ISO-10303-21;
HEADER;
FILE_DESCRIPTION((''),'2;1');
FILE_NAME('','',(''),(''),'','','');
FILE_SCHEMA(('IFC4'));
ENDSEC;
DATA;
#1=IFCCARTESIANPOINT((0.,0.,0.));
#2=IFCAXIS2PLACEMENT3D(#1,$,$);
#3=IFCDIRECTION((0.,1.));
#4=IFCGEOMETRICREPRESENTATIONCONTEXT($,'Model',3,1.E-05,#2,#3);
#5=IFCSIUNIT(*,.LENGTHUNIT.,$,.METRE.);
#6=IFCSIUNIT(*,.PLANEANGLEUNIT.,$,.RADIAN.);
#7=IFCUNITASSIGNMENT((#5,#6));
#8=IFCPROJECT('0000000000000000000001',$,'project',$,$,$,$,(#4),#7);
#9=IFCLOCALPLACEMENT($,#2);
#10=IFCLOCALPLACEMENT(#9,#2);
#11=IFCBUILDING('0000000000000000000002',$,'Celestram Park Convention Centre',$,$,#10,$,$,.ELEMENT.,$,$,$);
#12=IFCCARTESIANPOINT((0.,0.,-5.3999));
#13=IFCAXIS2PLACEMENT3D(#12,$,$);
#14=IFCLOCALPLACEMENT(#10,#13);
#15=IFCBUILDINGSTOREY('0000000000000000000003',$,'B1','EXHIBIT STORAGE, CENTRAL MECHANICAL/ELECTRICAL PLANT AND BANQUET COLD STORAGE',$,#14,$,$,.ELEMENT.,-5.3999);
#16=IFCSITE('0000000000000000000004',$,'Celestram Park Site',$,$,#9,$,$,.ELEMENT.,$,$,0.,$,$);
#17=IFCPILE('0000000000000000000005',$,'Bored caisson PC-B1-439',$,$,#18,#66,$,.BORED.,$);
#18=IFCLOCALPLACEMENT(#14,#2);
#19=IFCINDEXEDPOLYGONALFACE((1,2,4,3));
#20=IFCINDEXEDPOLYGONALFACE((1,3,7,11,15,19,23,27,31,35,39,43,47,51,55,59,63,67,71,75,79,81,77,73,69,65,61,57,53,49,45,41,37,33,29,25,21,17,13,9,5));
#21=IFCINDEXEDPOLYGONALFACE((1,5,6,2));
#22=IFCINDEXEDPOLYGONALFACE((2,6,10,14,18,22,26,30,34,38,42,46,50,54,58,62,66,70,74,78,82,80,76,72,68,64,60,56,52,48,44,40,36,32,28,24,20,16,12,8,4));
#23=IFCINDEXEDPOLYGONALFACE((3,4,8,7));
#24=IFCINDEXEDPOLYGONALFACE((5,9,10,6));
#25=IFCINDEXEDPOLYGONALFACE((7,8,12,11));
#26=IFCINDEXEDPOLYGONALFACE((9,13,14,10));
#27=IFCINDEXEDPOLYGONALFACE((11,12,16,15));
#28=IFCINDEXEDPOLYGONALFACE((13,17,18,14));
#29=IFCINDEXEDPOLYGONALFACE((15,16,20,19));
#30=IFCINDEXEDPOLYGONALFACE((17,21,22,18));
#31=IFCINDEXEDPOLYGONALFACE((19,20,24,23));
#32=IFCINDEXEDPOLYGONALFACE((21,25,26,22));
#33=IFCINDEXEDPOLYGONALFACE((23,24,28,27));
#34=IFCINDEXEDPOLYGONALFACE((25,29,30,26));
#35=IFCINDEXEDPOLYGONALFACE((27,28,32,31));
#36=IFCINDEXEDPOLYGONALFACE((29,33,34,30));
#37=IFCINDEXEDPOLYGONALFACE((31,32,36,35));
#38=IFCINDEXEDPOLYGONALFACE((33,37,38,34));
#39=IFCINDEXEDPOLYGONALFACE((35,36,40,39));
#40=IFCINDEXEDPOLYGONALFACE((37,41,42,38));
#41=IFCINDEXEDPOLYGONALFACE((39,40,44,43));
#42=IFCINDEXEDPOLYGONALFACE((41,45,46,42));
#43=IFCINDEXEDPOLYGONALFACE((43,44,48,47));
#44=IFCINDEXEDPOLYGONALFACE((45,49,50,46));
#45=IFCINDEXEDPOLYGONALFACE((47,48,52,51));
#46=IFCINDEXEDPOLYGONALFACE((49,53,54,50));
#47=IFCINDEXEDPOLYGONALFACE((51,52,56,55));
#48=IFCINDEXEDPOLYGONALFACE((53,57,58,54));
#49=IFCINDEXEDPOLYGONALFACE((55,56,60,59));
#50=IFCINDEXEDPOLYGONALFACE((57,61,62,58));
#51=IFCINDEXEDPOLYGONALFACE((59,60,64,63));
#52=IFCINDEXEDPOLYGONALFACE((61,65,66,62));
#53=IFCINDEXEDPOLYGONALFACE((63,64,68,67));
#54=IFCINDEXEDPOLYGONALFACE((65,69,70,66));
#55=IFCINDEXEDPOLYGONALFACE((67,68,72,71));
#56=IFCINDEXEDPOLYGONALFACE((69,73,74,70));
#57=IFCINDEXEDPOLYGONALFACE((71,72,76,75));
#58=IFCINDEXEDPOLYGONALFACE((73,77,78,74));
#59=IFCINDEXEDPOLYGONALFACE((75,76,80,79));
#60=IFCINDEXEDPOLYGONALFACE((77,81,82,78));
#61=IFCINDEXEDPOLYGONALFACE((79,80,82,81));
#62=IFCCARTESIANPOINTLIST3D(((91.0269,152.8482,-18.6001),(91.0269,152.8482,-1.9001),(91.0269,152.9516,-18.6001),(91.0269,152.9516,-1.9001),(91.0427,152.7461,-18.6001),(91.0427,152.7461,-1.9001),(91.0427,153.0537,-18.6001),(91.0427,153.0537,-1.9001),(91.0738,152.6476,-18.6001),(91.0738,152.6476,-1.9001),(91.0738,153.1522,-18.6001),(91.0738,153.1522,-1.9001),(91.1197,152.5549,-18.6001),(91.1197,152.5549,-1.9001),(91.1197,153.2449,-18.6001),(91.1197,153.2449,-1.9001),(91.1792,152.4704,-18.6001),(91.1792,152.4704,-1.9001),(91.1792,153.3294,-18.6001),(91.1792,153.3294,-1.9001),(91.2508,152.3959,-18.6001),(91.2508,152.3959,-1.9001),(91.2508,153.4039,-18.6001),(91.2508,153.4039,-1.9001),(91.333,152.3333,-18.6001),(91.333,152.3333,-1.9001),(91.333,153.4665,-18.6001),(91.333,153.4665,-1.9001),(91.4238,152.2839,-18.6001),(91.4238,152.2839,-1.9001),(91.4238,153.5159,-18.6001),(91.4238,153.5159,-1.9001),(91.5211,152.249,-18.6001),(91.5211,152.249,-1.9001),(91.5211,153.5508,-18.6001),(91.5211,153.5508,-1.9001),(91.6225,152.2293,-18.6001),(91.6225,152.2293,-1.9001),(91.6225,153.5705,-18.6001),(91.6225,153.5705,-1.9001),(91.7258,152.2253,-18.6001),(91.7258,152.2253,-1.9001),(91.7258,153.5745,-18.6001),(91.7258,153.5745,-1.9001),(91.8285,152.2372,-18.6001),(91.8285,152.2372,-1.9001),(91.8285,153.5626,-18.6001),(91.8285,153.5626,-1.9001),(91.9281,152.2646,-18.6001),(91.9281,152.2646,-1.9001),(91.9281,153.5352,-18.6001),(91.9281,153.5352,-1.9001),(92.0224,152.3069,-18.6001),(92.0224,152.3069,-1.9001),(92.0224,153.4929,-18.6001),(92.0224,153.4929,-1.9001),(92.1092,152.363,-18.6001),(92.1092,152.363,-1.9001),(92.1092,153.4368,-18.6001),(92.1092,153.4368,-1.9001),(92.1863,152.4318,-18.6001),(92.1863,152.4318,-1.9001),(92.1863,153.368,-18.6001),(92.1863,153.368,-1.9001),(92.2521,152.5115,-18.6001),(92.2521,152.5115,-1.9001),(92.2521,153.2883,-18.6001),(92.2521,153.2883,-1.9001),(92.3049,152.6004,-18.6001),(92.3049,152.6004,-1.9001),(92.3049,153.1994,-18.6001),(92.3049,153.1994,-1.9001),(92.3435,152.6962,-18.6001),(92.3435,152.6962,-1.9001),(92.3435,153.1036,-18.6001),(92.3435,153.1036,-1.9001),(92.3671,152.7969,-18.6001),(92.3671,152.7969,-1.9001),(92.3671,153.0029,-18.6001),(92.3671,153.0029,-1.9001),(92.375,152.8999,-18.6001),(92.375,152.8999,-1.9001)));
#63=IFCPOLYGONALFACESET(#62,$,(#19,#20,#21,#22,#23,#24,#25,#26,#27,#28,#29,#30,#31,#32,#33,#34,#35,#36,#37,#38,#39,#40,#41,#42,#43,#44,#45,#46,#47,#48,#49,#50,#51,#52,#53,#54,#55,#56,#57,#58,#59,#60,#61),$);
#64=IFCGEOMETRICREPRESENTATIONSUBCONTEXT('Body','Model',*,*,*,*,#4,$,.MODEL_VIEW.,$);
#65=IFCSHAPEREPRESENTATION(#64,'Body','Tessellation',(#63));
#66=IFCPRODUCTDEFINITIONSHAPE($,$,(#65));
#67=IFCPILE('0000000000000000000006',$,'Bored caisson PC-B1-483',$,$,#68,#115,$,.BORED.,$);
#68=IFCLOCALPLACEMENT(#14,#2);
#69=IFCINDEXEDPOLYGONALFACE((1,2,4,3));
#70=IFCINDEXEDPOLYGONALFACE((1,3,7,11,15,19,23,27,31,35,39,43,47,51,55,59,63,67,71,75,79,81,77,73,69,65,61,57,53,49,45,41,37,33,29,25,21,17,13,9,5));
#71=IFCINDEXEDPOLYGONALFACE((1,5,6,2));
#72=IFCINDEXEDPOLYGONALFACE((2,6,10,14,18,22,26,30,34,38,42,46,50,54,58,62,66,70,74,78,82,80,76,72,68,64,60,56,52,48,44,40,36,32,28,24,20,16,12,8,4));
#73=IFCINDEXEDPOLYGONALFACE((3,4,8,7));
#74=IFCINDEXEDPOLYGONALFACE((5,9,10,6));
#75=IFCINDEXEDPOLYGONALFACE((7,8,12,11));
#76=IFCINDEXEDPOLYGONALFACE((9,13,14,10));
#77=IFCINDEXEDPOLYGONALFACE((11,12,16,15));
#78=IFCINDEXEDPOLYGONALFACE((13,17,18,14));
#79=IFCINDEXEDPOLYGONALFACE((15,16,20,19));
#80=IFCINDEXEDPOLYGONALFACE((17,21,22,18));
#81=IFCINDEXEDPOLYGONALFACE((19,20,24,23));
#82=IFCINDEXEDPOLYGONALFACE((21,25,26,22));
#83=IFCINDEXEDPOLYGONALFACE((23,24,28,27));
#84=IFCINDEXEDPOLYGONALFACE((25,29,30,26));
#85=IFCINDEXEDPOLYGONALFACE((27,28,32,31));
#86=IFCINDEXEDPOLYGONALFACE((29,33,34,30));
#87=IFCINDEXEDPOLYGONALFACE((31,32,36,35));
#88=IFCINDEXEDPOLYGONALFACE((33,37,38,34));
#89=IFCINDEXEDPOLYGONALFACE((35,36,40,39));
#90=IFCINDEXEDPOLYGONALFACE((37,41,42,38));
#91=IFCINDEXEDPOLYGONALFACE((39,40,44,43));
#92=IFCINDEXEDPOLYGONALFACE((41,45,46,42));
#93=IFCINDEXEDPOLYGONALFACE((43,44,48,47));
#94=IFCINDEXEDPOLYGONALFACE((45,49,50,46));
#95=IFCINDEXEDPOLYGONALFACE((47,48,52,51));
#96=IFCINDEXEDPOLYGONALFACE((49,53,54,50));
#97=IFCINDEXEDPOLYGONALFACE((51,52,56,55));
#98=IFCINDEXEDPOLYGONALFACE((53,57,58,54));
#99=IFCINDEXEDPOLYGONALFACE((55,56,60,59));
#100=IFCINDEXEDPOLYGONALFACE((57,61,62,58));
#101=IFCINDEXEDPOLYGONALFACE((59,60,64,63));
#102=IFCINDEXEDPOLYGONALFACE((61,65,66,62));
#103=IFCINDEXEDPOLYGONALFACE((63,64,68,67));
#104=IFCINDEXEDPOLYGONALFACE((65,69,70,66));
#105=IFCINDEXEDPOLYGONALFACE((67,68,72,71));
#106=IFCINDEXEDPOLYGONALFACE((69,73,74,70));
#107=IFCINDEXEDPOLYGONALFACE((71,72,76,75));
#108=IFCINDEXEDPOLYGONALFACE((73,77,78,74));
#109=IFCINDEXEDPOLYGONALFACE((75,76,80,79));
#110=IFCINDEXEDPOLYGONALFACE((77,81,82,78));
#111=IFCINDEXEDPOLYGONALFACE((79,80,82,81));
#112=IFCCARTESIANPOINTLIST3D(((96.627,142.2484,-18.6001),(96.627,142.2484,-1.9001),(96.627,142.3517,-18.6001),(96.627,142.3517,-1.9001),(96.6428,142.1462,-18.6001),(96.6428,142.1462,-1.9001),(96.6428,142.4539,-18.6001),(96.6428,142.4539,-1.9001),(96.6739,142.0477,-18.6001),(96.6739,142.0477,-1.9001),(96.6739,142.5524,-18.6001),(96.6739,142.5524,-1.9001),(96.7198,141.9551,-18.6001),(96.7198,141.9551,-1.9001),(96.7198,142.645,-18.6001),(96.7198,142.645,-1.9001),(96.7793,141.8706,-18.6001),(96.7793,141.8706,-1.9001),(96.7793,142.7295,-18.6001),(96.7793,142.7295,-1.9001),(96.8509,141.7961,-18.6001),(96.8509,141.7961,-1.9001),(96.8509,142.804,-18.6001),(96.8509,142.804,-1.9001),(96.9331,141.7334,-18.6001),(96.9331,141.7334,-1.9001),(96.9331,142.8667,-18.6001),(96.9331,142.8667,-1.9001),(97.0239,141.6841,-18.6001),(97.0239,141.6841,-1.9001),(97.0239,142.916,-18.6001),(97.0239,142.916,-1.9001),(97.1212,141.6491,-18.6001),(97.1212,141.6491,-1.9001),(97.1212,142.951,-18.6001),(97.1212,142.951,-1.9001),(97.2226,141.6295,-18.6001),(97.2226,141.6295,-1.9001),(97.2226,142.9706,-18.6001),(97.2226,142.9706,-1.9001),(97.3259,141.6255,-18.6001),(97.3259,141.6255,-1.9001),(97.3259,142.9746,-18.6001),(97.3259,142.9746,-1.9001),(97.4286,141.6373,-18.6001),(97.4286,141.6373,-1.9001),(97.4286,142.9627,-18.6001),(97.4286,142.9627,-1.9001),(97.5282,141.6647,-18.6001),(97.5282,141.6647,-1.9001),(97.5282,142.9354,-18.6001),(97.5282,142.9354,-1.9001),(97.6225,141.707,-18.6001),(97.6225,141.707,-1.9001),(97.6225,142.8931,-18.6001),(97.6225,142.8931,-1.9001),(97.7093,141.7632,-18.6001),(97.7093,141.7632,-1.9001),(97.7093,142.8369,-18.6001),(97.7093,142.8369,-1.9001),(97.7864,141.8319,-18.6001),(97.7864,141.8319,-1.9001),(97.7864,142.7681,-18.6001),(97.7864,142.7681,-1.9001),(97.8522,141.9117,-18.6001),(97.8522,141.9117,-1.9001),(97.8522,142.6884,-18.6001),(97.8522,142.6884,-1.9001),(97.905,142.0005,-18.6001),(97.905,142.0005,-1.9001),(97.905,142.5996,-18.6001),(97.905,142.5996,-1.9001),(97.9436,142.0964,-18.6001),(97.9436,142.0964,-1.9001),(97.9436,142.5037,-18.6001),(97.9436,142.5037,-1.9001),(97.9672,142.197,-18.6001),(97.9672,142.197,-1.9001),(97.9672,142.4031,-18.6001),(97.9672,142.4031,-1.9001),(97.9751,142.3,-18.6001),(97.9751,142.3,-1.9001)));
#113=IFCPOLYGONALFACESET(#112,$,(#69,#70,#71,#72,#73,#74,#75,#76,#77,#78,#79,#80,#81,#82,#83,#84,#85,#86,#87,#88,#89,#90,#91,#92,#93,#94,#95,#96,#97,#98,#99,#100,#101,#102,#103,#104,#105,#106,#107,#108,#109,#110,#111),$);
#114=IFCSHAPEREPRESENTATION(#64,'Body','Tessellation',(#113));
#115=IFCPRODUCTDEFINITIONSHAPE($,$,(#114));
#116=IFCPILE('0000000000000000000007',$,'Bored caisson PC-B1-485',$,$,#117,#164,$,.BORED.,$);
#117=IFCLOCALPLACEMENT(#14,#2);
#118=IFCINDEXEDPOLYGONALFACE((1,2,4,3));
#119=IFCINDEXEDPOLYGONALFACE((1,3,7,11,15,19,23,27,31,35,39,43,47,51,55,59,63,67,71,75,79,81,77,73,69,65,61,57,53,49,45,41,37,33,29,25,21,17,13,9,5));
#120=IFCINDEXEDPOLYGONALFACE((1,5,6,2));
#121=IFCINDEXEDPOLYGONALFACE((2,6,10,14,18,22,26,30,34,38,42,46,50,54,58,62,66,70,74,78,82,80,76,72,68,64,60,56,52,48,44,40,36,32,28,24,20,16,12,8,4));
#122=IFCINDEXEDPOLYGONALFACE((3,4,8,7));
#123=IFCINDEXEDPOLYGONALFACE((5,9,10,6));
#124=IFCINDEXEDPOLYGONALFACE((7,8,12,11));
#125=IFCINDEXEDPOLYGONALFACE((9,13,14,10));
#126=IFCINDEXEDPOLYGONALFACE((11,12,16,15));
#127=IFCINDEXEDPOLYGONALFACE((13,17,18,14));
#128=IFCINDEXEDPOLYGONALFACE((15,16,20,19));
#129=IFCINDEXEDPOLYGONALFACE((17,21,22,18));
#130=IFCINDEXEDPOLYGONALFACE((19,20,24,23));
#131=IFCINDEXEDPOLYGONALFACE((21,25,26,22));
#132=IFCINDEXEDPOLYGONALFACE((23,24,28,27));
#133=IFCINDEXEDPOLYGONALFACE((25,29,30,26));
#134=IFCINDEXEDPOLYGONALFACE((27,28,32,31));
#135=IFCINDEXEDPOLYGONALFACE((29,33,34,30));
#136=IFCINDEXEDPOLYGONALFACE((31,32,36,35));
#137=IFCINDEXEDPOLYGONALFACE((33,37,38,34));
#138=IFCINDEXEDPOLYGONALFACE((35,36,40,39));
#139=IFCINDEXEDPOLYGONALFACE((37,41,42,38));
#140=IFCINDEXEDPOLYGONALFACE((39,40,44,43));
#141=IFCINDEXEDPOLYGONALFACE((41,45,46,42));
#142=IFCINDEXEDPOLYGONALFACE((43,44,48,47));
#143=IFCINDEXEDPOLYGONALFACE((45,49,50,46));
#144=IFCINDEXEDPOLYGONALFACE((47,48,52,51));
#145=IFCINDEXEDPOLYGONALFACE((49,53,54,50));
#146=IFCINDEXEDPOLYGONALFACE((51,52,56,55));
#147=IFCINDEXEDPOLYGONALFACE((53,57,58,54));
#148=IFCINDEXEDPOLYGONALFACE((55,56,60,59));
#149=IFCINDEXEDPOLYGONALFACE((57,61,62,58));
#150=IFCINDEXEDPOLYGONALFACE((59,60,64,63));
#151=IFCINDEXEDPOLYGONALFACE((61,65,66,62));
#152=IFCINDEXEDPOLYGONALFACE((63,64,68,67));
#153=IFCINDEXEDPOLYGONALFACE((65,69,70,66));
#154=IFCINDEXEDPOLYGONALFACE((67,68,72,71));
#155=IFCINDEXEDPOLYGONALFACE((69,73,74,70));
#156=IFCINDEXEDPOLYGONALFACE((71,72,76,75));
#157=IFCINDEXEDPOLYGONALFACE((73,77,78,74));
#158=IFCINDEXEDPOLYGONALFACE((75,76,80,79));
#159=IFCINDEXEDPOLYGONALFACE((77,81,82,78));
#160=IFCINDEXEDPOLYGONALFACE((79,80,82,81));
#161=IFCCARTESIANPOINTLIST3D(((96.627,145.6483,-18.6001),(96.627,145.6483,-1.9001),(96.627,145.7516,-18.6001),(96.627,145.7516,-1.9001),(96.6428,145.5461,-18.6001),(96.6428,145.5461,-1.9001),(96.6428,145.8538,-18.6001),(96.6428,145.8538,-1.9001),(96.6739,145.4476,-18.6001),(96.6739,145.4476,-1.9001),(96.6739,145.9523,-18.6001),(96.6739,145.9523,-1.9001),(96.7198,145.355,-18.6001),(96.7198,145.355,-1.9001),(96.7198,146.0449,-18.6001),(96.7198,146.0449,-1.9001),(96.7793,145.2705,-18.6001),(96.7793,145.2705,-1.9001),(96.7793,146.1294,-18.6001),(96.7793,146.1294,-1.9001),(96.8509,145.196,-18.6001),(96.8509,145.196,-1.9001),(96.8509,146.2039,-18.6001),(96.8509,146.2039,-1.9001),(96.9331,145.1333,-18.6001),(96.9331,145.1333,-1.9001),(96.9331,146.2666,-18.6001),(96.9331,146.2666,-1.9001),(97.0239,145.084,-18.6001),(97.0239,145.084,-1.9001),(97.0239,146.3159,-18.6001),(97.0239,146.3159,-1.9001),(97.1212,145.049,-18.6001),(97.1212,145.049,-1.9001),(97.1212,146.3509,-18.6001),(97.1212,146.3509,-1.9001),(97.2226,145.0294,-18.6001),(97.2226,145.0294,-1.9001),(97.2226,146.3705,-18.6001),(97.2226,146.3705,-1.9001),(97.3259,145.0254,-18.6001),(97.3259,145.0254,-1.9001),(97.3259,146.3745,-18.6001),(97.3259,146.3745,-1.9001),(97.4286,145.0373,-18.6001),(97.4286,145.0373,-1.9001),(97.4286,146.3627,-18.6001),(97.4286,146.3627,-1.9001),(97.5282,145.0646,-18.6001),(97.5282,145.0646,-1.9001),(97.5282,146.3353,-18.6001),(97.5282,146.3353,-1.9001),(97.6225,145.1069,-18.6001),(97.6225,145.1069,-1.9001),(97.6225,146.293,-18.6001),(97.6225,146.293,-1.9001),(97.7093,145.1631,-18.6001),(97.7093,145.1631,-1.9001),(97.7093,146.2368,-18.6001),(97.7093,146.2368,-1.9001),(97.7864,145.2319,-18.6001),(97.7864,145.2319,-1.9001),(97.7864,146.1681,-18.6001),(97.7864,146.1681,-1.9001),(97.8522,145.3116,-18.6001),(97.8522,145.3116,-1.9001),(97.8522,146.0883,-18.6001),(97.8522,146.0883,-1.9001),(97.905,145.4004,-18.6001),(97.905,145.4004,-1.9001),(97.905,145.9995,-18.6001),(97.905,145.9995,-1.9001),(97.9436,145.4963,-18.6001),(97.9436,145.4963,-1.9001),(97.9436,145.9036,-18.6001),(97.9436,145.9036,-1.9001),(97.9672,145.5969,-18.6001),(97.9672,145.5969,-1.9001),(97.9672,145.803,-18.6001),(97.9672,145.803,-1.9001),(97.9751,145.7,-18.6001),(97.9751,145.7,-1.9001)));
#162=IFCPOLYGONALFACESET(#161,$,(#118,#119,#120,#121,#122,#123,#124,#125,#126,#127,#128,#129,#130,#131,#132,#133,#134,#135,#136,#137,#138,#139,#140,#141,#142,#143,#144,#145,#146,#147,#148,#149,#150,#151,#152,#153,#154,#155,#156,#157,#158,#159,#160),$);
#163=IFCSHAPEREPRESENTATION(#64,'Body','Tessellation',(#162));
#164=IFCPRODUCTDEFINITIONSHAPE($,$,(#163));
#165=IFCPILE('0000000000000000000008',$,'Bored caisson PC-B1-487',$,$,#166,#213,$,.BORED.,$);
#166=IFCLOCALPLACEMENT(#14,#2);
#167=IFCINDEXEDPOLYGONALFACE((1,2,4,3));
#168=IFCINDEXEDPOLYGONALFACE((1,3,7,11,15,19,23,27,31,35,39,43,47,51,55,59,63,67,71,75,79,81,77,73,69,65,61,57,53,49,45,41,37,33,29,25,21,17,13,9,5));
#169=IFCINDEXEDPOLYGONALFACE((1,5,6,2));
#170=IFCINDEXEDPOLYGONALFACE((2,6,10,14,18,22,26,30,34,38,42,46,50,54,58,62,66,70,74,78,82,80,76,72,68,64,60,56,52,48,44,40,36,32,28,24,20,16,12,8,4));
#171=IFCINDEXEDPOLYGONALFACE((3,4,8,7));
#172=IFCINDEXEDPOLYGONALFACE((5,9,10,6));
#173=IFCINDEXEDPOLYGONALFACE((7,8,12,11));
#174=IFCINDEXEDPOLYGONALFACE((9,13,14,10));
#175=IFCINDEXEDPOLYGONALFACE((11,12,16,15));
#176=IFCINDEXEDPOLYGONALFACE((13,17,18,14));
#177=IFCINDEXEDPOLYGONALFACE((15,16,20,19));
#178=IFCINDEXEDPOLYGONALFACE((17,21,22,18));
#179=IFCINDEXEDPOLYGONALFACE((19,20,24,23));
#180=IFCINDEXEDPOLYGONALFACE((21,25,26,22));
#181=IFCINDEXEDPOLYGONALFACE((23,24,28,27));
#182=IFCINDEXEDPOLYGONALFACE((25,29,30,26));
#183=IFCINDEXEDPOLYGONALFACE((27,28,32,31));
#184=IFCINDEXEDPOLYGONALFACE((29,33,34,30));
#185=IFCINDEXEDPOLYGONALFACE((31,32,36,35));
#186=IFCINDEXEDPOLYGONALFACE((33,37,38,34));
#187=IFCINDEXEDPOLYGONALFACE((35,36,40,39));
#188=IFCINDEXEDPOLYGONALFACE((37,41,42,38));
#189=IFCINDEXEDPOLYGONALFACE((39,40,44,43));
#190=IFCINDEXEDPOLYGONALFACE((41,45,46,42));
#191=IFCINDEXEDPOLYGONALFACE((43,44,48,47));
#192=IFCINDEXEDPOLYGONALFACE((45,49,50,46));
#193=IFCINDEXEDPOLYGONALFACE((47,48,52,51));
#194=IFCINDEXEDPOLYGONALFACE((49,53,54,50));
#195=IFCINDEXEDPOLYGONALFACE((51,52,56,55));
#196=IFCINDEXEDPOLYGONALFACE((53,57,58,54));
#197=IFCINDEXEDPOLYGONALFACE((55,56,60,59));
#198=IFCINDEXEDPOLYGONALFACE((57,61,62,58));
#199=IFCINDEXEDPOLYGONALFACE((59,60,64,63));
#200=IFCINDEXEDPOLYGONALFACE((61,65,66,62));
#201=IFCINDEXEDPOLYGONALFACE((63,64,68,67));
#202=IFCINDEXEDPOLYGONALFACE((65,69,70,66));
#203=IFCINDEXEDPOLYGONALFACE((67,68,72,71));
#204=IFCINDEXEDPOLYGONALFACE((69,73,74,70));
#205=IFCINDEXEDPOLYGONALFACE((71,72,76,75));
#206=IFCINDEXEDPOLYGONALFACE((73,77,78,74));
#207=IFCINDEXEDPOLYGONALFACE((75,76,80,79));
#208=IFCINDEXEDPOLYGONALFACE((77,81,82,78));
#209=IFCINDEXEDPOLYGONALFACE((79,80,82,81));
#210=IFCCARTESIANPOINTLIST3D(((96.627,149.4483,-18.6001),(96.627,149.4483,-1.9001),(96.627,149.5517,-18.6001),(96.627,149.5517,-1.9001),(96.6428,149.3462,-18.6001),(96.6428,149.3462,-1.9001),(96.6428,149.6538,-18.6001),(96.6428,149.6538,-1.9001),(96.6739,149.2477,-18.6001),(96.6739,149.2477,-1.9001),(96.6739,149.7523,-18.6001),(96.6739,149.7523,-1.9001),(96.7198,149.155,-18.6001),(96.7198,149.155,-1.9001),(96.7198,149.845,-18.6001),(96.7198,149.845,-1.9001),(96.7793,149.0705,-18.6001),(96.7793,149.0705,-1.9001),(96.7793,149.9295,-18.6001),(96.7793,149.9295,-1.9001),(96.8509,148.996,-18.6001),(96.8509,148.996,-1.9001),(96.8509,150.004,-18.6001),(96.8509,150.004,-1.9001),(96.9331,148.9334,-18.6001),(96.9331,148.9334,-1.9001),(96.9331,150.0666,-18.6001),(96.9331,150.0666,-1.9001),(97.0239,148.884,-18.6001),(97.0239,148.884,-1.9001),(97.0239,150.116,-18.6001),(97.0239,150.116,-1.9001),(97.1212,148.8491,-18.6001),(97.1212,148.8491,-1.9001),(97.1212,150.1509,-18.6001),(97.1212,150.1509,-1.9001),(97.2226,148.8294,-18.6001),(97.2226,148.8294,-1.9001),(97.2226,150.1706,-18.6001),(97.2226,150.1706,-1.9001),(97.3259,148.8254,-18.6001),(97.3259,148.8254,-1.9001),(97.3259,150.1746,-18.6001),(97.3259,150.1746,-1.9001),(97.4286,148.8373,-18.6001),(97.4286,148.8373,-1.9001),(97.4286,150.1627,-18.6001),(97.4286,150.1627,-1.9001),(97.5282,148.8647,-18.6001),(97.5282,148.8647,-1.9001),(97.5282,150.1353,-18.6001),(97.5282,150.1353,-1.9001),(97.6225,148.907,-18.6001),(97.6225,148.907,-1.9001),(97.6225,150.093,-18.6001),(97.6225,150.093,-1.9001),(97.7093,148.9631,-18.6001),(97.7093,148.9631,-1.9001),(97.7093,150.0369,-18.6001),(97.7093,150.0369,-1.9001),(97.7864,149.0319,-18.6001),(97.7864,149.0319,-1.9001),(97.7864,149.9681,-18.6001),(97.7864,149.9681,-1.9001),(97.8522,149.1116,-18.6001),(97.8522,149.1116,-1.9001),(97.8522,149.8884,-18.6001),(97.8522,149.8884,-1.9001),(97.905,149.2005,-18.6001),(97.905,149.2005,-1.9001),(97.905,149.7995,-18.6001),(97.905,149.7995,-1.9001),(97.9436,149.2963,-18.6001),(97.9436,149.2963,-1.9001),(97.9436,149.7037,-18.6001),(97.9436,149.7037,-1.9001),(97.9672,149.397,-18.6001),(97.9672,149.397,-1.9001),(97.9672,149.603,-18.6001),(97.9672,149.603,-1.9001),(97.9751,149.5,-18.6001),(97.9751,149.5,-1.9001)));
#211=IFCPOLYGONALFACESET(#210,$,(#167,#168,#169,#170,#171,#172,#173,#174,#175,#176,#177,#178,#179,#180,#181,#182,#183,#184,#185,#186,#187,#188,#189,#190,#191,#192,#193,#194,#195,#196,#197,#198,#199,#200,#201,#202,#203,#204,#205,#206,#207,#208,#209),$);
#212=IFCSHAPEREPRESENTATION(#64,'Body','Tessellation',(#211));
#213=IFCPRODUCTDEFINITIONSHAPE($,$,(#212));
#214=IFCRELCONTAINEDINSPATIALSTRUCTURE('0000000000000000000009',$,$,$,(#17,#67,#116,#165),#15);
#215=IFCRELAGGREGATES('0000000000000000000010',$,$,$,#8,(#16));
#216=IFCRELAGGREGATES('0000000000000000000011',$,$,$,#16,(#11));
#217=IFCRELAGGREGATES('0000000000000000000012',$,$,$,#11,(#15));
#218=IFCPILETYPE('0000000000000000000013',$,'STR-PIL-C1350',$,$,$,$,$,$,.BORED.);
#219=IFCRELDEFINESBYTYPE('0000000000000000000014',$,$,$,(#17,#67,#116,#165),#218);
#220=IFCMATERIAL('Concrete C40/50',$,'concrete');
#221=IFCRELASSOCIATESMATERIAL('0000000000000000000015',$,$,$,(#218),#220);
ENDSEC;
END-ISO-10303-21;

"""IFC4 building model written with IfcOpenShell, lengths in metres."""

from ifc_helpers import new_model, si_unit, direction, frame, origin, origin_2d, place, context, subcontext, project, spatial, circle, extrude, material, material_profile, profile_set, type_object, element, save


model = new_model("IFC4")

# Units and contexts
model_context = context("Model", 3, precision=1e-05, world=origin(), true_north=direction((0.0, 1.0)))
body_context = subcontext(model_context, "Body", "Model", "MODEL_VIEW")
ifc_project = project(units=[si_unit("LENGTHUNIT", "METRE"), si_unit("PLANEANGLEUNIT", "RADIAN")], contexts=[model_context])

# Site, building, storey
site_placement = place(None, origin())
site = spatial("IfcSite", under=ifc_project, at=site_placement, Name="Celestram Park Site", CompositionType="ELEMENT", RefElevation=0.0)
building_placement = place(site_placement, origin())
building = spatial("IfcBuilding", under=site, at=building_placement, Name="Celestram Park Convention Centre", CompositionType="ELEMENT")
storey_placement = place(building_placement, frame((0.0, 0.0, -5.3999)))
storey = spatial("IfcBuildingStorey", under=building, at=storey_placement, Name="B1", Description="EXHIBIT STORAGE, CENTRAL MECHANICAL/ELECTRICAL PLANT AND BANQUET COLD STORAGE", CompositionType="ELEMENT", Elevation=-5.3999)

# Shared definitions
ifc_material_1 = material(Name="Concrete C40/50", Category="concrete")

# Piles
ifc_material_profile_1 = material_profile(ifc_material_1, circle(Radius=0.675, at=origin_2d()), Name="CAISSON1350")
ifc_profile_set_1 = profile_set([ifc_material_profile_1], Name="Concrete C40/50")
pile_type = type_object("IfcPileType", Name="STR-PIL-C1350", PredefinedType="BORED", material=ifc_profile_set_1)
for number, where, z_axis, x_axis, name in (
    (1, (91.7, 152.8999, -1.9001), (0.0, 0.0, -1.0), (1.0, 0.0, 0.0), "Bored caisson PC-B1-439"),
    (2, (97.3, 142.3, -1.9001), (0.0, 0.0, -1.0), (1.0, 0.0, 0.0), "Bored caisson PC-B1-483"),
    (3, (97.3, 145.7, -1.9001), (0.0, 0.0, -1.0), (1.0, 0.0, 0.0), "Bored caisson PC-B1-485"),
    (4, (97.3, 149.5, -1.9001), (0.0, 0.0, -1.0), (1.0, 0.0, 0.0), "Bored caisson PC-B1-487"),
):
    element("IfcPile", number, at=place(storey_placement, frame(where, z_axis=z_axis, x_axis=x_axis)), inside=storey, type_object=pile_type, Name=name, PredefinedType="BORED", context=body_context, shape_type="SweptSolid", body=[
        extrude(circle(Radius=0.675, at=origin_2d()), origin(), (0.0, 0.0, 1.0), 16.7),
    ])

save(model, "model.ifc")
